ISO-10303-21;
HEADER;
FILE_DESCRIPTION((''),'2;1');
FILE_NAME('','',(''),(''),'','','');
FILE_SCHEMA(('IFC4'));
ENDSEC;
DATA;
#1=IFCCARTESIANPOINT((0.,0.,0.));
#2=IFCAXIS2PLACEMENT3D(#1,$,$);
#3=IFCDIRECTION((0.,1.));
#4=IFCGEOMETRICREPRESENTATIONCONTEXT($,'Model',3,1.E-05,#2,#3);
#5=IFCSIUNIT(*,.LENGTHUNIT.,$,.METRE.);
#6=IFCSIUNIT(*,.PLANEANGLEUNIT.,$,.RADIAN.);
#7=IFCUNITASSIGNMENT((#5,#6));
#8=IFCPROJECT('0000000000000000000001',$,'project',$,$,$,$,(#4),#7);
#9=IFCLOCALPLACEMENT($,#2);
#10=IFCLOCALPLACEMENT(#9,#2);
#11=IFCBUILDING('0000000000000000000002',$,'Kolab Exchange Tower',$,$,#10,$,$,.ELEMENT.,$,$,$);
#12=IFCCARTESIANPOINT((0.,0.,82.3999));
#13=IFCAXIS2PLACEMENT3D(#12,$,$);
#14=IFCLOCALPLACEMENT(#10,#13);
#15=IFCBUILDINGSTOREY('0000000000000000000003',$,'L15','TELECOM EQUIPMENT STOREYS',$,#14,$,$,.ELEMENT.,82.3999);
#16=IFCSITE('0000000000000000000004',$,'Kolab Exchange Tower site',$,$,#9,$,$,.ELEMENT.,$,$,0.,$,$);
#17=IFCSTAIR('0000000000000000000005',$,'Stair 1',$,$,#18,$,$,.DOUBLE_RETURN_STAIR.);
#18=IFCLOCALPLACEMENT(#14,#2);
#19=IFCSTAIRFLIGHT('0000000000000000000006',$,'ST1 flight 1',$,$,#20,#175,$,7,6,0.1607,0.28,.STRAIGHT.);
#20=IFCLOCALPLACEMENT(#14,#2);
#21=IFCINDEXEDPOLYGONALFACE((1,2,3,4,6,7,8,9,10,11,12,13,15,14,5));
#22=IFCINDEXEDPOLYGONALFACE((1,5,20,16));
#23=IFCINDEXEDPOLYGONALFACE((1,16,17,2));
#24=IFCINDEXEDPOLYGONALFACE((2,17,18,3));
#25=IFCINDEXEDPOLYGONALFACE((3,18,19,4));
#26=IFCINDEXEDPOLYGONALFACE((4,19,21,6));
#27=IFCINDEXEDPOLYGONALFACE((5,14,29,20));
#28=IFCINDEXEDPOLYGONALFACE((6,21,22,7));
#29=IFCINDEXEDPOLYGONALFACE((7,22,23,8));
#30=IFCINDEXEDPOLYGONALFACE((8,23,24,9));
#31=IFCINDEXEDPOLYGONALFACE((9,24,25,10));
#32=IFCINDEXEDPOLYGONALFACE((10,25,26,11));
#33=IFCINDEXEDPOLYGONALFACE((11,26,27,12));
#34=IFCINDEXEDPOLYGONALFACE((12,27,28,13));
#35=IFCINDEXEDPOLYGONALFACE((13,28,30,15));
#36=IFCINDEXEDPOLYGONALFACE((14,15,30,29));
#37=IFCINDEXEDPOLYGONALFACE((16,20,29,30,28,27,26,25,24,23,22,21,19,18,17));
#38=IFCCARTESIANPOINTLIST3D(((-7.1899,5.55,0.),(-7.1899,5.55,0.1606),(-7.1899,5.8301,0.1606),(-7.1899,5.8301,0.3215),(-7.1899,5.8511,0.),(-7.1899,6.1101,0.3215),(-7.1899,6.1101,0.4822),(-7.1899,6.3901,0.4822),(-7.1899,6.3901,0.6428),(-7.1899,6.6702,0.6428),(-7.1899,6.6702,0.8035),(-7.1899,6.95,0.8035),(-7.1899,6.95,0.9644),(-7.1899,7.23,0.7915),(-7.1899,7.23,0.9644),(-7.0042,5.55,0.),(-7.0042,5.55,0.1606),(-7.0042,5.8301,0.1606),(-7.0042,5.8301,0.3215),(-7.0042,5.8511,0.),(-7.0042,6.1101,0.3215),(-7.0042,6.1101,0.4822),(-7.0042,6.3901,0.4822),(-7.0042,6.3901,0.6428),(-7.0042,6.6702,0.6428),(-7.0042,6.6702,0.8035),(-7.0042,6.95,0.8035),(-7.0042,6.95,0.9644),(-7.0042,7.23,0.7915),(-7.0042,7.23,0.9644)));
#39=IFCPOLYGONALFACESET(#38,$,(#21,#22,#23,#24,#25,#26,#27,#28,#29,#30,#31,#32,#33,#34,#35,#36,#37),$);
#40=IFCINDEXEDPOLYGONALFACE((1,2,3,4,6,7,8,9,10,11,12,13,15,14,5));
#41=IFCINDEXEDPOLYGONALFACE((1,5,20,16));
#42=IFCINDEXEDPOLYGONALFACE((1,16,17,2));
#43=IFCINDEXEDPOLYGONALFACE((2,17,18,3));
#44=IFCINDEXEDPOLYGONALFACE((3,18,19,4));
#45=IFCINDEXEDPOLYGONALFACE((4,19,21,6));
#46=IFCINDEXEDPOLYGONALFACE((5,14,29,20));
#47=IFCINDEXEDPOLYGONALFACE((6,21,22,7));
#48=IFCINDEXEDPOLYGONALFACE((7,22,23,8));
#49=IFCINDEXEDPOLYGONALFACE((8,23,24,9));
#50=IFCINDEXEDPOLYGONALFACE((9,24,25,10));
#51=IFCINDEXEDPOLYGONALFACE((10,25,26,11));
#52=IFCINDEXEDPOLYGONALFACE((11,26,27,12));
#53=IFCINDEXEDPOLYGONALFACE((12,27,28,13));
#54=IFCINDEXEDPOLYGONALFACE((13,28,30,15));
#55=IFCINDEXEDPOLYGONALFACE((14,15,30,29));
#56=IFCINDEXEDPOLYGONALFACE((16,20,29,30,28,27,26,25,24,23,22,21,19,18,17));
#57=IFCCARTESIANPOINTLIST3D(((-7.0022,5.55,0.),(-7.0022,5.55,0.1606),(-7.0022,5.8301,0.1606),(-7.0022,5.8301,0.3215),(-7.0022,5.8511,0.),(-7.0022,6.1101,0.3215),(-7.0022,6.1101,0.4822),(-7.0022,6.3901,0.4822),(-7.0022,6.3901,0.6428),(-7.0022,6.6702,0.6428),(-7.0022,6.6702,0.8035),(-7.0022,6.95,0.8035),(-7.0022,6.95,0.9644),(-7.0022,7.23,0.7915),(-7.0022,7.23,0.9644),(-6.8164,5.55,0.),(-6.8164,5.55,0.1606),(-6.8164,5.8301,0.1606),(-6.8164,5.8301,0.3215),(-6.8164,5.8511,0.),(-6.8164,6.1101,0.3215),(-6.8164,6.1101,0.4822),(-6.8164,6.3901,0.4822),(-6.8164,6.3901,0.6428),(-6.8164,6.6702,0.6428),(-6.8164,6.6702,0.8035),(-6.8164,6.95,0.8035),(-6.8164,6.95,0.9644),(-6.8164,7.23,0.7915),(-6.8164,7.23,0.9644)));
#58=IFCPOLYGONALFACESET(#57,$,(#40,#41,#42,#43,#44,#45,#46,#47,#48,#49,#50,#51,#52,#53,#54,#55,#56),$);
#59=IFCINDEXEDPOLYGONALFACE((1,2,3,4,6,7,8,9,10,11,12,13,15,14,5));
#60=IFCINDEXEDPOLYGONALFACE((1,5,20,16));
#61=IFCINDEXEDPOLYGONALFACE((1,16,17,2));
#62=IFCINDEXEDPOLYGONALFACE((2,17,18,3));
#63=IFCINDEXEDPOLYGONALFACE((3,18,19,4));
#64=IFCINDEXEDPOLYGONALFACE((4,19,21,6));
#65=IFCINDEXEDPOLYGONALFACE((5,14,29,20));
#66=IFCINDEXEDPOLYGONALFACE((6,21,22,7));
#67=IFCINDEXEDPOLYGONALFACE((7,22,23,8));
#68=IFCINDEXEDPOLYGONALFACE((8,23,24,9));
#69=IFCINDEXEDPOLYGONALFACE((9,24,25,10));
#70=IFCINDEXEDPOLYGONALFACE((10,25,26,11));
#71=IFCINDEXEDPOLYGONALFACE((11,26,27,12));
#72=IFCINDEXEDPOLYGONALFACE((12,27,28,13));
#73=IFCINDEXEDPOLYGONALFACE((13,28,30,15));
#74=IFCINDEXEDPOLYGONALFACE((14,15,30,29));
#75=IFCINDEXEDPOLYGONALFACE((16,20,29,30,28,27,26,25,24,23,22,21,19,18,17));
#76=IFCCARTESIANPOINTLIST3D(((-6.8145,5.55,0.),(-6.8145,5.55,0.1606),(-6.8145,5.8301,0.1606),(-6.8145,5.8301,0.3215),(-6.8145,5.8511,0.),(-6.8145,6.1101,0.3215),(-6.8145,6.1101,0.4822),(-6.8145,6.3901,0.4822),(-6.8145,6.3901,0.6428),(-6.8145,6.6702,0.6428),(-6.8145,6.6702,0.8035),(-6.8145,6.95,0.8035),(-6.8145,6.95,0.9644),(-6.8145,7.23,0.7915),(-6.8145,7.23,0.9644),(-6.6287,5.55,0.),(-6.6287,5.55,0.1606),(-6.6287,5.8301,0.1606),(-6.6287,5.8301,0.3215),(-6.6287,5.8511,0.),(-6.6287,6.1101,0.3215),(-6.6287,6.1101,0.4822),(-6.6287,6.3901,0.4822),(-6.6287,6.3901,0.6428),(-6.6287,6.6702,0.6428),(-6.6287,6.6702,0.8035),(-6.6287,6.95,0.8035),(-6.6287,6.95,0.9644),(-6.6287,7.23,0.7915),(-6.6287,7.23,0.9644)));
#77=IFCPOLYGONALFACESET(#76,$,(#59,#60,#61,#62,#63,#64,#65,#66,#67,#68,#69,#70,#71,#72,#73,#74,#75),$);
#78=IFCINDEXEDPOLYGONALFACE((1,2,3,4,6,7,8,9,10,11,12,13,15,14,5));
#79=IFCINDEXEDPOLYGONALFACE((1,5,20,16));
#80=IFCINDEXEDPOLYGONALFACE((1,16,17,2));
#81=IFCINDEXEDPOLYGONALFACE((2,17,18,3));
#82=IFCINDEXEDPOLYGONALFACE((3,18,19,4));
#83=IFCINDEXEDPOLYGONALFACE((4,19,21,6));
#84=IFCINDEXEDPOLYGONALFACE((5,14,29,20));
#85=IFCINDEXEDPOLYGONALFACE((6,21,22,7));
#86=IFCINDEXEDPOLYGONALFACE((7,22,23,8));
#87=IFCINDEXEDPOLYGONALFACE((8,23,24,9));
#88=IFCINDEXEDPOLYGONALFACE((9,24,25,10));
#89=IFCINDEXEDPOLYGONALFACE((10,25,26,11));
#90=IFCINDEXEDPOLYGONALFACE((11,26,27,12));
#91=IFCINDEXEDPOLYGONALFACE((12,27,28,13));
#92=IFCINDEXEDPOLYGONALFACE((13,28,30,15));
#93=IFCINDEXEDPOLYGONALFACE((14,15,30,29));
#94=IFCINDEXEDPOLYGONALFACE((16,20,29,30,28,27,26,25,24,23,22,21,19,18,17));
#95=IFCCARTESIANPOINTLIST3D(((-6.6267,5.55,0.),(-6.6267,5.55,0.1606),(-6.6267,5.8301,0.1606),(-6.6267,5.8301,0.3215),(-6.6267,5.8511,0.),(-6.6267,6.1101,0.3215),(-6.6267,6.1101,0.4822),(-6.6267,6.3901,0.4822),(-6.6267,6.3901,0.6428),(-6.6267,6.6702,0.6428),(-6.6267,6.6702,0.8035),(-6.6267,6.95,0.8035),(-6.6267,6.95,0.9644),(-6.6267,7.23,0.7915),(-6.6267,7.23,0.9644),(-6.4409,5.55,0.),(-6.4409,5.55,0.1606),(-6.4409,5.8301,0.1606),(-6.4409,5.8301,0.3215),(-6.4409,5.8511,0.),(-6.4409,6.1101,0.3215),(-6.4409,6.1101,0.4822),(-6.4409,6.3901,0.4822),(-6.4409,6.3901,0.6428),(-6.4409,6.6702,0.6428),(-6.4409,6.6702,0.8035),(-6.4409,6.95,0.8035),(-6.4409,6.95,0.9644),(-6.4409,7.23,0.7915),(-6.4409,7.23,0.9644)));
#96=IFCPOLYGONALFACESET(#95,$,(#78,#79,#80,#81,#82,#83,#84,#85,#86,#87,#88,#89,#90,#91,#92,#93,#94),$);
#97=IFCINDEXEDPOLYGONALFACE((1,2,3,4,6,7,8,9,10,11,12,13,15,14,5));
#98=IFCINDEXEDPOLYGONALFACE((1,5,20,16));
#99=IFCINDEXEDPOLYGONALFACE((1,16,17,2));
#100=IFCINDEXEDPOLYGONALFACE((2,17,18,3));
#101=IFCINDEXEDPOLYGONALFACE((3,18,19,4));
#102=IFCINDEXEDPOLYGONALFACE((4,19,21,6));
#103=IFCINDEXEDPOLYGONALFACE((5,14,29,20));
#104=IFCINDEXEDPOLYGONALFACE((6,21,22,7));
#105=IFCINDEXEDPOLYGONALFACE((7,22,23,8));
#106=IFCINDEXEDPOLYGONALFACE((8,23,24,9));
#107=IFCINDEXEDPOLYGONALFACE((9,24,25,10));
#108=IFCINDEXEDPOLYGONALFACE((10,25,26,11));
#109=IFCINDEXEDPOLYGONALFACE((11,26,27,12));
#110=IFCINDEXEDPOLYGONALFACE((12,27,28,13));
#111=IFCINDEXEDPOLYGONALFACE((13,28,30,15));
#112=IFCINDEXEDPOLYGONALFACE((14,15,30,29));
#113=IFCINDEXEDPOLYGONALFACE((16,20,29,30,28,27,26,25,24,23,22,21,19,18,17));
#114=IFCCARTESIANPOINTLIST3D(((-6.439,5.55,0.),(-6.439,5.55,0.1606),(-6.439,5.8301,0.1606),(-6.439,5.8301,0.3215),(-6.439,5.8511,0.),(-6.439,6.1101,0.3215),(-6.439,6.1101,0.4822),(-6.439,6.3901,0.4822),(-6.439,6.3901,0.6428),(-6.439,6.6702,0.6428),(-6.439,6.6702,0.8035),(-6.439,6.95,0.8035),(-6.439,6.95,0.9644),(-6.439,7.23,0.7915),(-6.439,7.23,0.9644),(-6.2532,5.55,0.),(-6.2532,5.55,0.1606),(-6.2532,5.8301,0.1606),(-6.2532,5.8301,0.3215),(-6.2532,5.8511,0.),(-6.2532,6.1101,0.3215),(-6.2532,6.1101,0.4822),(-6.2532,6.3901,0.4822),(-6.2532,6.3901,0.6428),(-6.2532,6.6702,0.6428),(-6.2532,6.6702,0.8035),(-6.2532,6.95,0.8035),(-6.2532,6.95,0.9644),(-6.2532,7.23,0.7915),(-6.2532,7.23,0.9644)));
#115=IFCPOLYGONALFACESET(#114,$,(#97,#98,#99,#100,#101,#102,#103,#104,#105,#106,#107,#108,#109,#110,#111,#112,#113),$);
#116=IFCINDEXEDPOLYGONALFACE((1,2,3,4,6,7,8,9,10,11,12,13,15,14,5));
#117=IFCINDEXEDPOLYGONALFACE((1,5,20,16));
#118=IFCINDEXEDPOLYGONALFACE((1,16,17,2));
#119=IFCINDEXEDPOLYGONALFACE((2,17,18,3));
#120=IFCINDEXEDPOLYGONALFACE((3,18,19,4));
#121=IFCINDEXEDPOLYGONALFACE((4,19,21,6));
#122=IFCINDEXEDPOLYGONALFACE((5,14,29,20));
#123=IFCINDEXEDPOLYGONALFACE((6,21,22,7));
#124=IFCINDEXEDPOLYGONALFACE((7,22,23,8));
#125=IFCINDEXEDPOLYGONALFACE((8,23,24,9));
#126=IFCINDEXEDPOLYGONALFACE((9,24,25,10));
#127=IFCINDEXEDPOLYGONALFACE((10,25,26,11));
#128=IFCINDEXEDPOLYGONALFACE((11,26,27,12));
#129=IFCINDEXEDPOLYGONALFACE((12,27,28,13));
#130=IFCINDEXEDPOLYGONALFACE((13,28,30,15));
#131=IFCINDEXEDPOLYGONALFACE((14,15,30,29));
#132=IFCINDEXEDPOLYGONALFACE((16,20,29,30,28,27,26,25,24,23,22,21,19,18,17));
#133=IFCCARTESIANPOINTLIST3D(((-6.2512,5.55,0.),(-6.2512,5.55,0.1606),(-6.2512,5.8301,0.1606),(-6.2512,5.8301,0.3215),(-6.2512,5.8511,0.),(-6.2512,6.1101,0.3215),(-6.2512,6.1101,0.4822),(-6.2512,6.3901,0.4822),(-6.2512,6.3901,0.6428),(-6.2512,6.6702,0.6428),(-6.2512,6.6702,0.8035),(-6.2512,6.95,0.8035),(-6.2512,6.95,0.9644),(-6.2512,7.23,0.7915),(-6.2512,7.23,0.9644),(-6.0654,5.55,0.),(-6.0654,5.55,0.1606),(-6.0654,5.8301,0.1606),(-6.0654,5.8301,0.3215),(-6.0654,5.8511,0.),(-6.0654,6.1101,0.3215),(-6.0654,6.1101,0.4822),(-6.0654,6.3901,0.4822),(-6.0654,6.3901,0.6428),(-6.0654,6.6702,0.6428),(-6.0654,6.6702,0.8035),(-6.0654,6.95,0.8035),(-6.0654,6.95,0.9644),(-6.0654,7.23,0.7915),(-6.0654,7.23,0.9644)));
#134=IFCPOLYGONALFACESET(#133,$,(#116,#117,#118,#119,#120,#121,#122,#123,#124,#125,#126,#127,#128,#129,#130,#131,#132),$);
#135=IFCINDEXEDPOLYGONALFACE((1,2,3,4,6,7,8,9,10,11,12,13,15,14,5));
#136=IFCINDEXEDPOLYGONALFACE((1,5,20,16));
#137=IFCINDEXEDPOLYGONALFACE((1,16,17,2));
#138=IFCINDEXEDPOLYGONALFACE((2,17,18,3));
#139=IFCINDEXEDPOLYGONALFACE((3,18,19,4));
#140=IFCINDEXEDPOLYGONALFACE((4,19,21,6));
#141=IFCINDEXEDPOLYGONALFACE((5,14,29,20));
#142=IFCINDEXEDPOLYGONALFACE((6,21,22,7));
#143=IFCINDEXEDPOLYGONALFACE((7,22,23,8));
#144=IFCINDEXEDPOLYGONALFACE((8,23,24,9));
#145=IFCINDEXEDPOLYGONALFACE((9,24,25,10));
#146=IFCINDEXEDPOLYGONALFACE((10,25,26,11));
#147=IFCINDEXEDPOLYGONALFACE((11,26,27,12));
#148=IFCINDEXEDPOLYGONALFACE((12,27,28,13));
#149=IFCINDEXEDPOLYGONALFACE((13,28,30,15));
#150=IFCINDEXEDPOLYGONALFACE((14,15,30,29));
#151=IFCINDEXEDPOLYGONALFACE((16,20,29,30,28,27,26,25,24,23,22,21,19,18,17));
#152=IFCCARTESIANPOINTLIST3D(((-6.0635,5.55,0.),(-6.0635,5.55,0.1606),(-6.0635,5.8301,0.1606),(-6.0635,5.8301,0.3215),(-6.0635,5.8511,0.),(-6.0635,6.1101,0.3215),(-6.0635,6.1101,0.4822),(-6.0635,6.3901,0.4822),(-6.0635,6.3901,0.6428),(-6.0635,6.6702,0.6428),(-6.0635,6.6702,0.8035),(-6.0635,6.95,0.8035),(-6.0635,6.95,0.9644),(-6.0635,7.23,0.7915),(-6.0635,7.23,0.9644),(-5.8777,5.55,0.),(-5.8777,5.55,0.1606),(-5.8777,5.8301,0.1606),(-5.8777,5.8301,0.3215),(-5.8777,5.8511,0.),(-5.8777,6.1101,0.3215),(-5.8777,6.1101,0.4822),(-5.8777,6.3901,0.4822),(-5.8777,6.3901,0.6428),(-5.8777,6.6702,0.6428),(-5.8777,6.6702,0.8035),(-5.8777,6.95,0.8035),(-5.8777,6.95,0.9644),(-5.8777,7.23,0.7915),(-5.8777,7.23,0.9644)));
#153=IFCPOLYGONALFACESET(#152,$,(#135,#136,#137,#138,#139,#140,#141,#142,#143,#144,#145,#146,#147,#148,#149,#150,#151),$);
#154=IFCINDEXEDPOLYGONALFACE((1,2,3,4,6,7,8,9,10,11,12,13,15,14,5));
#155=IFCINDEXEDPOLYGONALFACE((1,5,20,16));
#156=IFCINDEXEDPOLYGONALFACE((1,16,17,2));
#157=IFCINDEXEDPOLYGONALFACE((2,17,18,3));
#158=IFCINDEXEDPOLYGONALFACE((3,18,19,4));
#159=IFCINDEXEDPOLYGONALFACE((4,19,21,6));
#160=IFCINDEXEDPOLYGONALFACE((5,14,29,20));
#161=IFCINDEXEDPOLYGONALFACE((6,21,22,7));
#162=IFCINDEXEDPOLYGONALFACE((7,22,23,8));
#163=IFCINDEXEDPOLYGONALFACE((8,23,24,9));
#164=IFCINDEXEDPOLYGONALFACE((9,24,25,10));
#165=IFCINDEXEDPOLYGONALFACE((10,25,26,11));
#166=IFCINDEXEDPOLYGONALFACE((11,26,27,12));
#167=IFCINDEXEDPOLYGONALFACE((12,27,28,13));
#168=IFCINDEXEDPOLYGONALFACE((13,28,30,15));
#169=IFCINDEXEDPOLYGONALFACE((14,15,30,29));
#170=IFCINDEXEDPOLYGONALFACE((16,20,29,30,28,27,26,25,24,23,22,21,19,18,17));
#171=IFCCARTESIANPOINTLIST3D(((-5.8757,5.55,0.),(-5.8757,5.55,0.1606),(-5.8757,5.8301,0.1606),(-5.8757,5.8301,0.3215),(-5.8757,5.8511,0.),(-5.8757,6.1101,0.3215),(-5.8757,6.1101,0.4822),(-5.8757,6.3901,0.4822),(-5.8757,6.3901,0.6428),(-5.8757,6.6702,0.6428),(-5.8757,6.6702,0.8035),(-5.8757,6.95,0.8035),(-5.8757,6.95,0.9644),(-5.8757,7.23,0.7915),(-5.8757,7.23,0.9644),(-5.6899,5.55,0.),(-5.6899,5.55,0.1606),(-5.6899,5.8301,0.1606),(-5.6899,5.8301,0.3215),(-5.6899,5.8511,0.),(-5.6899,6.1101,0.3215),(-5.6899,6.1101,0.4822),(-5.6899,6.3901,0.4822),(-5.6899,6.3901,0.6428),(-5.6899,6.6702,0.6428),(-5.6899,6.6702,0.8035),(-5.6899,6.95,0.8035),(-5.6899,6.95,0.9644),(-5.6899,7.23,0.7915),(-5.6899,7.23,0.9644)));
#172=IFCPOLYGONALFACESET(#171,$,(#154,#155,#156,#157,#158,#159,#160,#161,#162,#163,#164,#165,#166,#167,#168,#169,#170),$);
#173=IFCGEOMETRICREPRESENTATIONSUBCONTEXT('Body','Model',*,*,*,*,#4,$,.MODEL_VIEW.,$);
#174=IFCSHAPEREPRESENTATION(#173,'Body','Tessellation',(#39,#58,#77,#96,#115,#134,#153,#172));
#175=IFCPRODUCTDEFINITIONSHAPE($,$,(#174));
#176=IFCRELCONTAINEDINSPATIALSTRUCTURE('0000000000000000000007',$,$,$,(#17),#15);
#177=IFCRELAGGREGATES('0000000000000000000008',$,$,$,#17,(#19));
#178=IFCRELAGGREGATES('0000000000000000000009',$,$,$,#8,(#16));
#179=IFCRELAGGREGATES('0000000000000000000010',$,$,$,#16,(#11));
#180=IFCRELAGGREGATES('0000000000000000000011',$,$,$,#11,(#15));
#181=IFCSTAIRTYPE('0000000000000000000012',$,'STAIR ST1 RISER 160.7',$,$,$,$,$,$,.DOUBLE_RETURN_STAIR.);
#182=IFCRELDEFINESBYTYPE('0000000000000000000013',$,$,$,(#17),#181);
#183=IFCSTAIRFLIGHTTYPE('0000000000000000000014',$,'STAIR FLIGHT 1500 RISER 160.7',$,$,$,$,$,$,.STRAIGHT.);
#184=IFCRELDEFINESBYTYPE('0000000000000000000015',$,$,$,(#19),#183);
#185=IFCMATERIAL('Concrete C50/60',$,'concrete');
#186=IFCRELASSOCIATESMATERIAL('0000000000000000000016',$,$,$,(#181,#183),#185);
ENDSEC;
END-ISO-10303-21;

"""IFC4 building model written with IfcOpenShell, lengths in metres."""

from ifc_helpers import new_model, si_unit, direction, frame, origin, place, context, subcontext, project, spatial, polyline, outline, extrude, material, type_object, element, aggregate, save


model = new_model("IFC4")

# Units and contexts
model_context = context("Model", 3, precision=1e-05, world=origin(), true_north=direction((0.0, 1.0)))
body_context = subcontext(model_context, "Body", "Model", "MODEL_VIEW")
ifc_project = project(units=[si_unit("LENGTHUNIT", "METRE"), si_unit("PLANEANGLEUNIT", "RADIAN")], contexts=[model_context])

# Site, building, storey
site_placement = place(None, origin())
site = spatial("IfcSite", under=ifc_project, at=site_placement, Name="Kolab Exchange Tower site", CompositionType="ELEMENT", RefElevation=0.0)
building_placement = place(site_placement, origin())
building = spatial("IfcBuilding", under=site, at=building_placement, Name="Kolab Exchange Tower", CompositionType="ELEMENT")
storey_placement = place(building_placement, frame((0.0, 0.0, 82.3999)))
storey = spatial("IfcBuildingStorey", under=building, at=storey_placement, Name="L15", Description="TELECOM EQUIPMENT STOREYS", CompositionType="ELEMENT", Elevation=82.3999)

# Shared definitions
ifc_material_1 = material(Name="Concrete C50/60", Category="concrete")

# Stair, stair flight
stair_type = type_object("IfcStairType", Name="STAIR ST1 RISER 160.7", PredefinedType="DOUBLE_RETURN_STAIR", material=ifc_material_1)
stair_placement = place(storey_placement, origin())
stair = element("IfcStair", 1, at=stair_placement, inside=storey, type_object=stair_type, Name="Stair 1", PredefinedType="DOUBLE_RETURN_STAIR")
stair_flight_type = type_object("IfcStairFlightType", Name="STAIR FLIGHT 1500 RISER 160.7", PredefinedType="STRAIGHT", material=ifc_material_1)
stair_flight_1_placement = place(storey_placement, frame((-6.4399, 5.55, 0.0), z_axis=(0.0, 0.0, 1.0), x_axis=(0.0, 1.0, 0.0)))
stair_flight_1 = element("IfcStairFlight", 2, at=stair_flight_1_placement, type_object=stair_flight_type, Name="ST1 flight 1", NumberOfRisers=7, NumberOfTreads=6, PredefinedType="STRAIGHT", RiserHeight=0.1607, TreadLength=0.28, context=body_context, shape_type="SweptSolid", body=[
    extrude(outline(polyline([(0.0, 0.0), (0.0, 0.1606), (0.28, 0.1606), (0.28, 0.3215), (0.5601, 0.3215), (0.5601, 0.4822), (0.8401, 0.4822), (0.8401, 0.6428), (1.1201, 0.6428), (1.1201, 0.8035), (1.3999, 0.8035), (1.3999, 0.9644), (1.6799, 0.9644), (1.6799, 1.125), (1.6799, 0.7915), (0.301, 0.0), (0.0, 0.0)])), frame((0.0, 0.75, 0.0), z_axis=(0.0, -1.0, 0.0), x_axis=(1.0, 0.0, 0.0)), (0.0, 0.0, 1.0), 0.1858),
    extrude(outline(polyline([(0.0, 0.0), (0.0, 0.1606), (0.28, 0.1606), (0.28, 0.3215), (0.5601, 0.3215), (0.5601, 0.4822), (0.8401, 0.4822), (0.8401, 0.6428), (1.1201, 0.6428), (1.1201, 0.8035), (1.3999, 0.8035), (1.3999, 0.9644), (1.6799, 0.9644), (1.6799, 1.125), (1.6799, 0.7915), (0.301, 0.0), (0.0, 0.0)])), frame((0.0, 0.5623, 0.0), z_axis=(0.0, -1.0, 0.0), x_axis=(1.0, 0.0, 0.0)), (0.0, 0.0, 1.0), 0.1858),
    extrude(outline(polyline([(0.0, 0.0), (0.0, 0.1606), (0.28, 0.1606), (0.28, 0.3215), (0.5601, 0.3215), (0.5601, 0.4822), (0.8401, 0.4822), (0.8401, 0.6428), (1.1201, 0.6428), (1.1201, 0.8035), (1.3999, 0.8035), (1.3999, 0.9644), (1.6799, 0.9644), (1.6799, 1.125), (1.6799, 0.7915), (0.301, 0.0), (0.0, 0.0)])), frame((0.0, 0.3745, 0.0), z_axis=(0.0, -1.0, 0.0), x_axis=(1.0, 0.0, 0.0)), (0.0, 0.0, 1.0), 0.1858),
    extrude(outline(polyline([(0.0, 0.0), (0.0, 0.1606), (0.28, 0.1606), (0.28, 0.3215), (0.5601, 0.3215), (0.5601, 0.4822), (0.8401, 0.4822), (0.8401, 0.6428), (1.1201, 0.6428), (1.1201, 0.8035), (1.3999, 0.8035), (1.3999, 0.9644), (1.6799, 0.9644), (1.6799, 1.125), (1.6799, 0.7915), (0.301, 0.0), (0.0, 0.0)])), frame((0.0, 0.1868, 0.0), z_axis=(0.0, -1.0, 0.0), x_axis=(1.0, 0.0, 0.0)), (0.0, 0.0, 1.0), 0.1858),
    extrude(outline(polyline([(0.0, 0.0), (0.0, 0.1606), (0.28, 0.1606), (0.28, 0.3215), (0.5601, 0.3215), (0.5601, 0.4822), (0.8401, 0.4822), (0.8401, 0.6428), (1.1201, 0.6428), (1.1201, 0.8035), (1.3999, 0.8035), (1.3999, 0.9644), (1.6799, 0.9644), (1.6799, 1.125), (1.6799, 0.7915), (0.301, 0.0), (0.0, 0.0)])), frame((0.0, -0.001, 0.0), z_axis=(0.0, -1.0, 0.0), x_axis=(1.0, 0.0, 0.0)), (0.0, 0.0, 1.0), 0.1858),
    extrude(outline(polyline([(0.0, 0.0), (0.0, 0.1606), (0.28, 0.1606), (0.28, 0.3215), (0.5601, 0.3215), (0.5601, 0.4822), (0.8401, 0.4822), (0.8401, 0.6428), (1.1201, 0.6428), (1.1201, 0.8035), (1.3999, 0.8035), (1.3999, 0.9644), (1.6799, 0.9644), (1.6799, 1.125), (1.6799, 0.7915), (0.301, 0.0), (0.0, 0.0)])), frame((0.0, -0.1887, 0.0), z_axis=(0.0, -1.0, 0.0), x_axis=(1.0, 0.0, 0.0)), (0.0, 0.0, 1.0), 0.1858),
    extrude(outline(polyline([(0.0, 0.0), (0.0, 0.1606), (0.28, 0.1606), (0.28, 0.3215), (0.5601, 0.3215), (0.5601, 0.4822), (0.8401, 0.4822), (0.8401, 0.6428), (1.1201, 0.6428), (1.1201, 0.8035), (1.3999, 0.8035), (1.3999, 0.9644), (1.6799, 0.9644), (1.6799, 1.125), (1.6799, 0.7915), (0.301, 0.0), (0.0, 0.0)])), frame((0.0, -0.3765, 0.0), z_axis=(0.0, -1.0, 0.0), x_axis=(1.0, 0.0, 0.0)), (0.0, 0.0, 1.0), 0.1858),
    extrude(outline(polyline([(0.0, 0.0), (0.0, 0.1606), (0.28, 0.1606), (0.28, 0.3215), (0.5601, 0.3215), (0.5601, 0.4822), (0.8401, 0.4822), (0.8401, 0.6428), (1.1201, 0.6428), (1.1201, 0.8035), (1.3999, 0.8035), (1.3999, 0.9644), (1.6799, 0.9644), (1.6799, 1.125), (1.6799, 0.7915), (0.301, 0.0), (0.0, 0.0)])), frame((0.0, -0.5642, 0.0), z_axis=(0.0, -1.0, 0.0), x_axis=(1.0, 0.0, 0.0)), (0.0, 0.0, 1.0), 0.1858),
])
aggregate(stair, [stair_flight_1])

save(model, "model.ifc")
